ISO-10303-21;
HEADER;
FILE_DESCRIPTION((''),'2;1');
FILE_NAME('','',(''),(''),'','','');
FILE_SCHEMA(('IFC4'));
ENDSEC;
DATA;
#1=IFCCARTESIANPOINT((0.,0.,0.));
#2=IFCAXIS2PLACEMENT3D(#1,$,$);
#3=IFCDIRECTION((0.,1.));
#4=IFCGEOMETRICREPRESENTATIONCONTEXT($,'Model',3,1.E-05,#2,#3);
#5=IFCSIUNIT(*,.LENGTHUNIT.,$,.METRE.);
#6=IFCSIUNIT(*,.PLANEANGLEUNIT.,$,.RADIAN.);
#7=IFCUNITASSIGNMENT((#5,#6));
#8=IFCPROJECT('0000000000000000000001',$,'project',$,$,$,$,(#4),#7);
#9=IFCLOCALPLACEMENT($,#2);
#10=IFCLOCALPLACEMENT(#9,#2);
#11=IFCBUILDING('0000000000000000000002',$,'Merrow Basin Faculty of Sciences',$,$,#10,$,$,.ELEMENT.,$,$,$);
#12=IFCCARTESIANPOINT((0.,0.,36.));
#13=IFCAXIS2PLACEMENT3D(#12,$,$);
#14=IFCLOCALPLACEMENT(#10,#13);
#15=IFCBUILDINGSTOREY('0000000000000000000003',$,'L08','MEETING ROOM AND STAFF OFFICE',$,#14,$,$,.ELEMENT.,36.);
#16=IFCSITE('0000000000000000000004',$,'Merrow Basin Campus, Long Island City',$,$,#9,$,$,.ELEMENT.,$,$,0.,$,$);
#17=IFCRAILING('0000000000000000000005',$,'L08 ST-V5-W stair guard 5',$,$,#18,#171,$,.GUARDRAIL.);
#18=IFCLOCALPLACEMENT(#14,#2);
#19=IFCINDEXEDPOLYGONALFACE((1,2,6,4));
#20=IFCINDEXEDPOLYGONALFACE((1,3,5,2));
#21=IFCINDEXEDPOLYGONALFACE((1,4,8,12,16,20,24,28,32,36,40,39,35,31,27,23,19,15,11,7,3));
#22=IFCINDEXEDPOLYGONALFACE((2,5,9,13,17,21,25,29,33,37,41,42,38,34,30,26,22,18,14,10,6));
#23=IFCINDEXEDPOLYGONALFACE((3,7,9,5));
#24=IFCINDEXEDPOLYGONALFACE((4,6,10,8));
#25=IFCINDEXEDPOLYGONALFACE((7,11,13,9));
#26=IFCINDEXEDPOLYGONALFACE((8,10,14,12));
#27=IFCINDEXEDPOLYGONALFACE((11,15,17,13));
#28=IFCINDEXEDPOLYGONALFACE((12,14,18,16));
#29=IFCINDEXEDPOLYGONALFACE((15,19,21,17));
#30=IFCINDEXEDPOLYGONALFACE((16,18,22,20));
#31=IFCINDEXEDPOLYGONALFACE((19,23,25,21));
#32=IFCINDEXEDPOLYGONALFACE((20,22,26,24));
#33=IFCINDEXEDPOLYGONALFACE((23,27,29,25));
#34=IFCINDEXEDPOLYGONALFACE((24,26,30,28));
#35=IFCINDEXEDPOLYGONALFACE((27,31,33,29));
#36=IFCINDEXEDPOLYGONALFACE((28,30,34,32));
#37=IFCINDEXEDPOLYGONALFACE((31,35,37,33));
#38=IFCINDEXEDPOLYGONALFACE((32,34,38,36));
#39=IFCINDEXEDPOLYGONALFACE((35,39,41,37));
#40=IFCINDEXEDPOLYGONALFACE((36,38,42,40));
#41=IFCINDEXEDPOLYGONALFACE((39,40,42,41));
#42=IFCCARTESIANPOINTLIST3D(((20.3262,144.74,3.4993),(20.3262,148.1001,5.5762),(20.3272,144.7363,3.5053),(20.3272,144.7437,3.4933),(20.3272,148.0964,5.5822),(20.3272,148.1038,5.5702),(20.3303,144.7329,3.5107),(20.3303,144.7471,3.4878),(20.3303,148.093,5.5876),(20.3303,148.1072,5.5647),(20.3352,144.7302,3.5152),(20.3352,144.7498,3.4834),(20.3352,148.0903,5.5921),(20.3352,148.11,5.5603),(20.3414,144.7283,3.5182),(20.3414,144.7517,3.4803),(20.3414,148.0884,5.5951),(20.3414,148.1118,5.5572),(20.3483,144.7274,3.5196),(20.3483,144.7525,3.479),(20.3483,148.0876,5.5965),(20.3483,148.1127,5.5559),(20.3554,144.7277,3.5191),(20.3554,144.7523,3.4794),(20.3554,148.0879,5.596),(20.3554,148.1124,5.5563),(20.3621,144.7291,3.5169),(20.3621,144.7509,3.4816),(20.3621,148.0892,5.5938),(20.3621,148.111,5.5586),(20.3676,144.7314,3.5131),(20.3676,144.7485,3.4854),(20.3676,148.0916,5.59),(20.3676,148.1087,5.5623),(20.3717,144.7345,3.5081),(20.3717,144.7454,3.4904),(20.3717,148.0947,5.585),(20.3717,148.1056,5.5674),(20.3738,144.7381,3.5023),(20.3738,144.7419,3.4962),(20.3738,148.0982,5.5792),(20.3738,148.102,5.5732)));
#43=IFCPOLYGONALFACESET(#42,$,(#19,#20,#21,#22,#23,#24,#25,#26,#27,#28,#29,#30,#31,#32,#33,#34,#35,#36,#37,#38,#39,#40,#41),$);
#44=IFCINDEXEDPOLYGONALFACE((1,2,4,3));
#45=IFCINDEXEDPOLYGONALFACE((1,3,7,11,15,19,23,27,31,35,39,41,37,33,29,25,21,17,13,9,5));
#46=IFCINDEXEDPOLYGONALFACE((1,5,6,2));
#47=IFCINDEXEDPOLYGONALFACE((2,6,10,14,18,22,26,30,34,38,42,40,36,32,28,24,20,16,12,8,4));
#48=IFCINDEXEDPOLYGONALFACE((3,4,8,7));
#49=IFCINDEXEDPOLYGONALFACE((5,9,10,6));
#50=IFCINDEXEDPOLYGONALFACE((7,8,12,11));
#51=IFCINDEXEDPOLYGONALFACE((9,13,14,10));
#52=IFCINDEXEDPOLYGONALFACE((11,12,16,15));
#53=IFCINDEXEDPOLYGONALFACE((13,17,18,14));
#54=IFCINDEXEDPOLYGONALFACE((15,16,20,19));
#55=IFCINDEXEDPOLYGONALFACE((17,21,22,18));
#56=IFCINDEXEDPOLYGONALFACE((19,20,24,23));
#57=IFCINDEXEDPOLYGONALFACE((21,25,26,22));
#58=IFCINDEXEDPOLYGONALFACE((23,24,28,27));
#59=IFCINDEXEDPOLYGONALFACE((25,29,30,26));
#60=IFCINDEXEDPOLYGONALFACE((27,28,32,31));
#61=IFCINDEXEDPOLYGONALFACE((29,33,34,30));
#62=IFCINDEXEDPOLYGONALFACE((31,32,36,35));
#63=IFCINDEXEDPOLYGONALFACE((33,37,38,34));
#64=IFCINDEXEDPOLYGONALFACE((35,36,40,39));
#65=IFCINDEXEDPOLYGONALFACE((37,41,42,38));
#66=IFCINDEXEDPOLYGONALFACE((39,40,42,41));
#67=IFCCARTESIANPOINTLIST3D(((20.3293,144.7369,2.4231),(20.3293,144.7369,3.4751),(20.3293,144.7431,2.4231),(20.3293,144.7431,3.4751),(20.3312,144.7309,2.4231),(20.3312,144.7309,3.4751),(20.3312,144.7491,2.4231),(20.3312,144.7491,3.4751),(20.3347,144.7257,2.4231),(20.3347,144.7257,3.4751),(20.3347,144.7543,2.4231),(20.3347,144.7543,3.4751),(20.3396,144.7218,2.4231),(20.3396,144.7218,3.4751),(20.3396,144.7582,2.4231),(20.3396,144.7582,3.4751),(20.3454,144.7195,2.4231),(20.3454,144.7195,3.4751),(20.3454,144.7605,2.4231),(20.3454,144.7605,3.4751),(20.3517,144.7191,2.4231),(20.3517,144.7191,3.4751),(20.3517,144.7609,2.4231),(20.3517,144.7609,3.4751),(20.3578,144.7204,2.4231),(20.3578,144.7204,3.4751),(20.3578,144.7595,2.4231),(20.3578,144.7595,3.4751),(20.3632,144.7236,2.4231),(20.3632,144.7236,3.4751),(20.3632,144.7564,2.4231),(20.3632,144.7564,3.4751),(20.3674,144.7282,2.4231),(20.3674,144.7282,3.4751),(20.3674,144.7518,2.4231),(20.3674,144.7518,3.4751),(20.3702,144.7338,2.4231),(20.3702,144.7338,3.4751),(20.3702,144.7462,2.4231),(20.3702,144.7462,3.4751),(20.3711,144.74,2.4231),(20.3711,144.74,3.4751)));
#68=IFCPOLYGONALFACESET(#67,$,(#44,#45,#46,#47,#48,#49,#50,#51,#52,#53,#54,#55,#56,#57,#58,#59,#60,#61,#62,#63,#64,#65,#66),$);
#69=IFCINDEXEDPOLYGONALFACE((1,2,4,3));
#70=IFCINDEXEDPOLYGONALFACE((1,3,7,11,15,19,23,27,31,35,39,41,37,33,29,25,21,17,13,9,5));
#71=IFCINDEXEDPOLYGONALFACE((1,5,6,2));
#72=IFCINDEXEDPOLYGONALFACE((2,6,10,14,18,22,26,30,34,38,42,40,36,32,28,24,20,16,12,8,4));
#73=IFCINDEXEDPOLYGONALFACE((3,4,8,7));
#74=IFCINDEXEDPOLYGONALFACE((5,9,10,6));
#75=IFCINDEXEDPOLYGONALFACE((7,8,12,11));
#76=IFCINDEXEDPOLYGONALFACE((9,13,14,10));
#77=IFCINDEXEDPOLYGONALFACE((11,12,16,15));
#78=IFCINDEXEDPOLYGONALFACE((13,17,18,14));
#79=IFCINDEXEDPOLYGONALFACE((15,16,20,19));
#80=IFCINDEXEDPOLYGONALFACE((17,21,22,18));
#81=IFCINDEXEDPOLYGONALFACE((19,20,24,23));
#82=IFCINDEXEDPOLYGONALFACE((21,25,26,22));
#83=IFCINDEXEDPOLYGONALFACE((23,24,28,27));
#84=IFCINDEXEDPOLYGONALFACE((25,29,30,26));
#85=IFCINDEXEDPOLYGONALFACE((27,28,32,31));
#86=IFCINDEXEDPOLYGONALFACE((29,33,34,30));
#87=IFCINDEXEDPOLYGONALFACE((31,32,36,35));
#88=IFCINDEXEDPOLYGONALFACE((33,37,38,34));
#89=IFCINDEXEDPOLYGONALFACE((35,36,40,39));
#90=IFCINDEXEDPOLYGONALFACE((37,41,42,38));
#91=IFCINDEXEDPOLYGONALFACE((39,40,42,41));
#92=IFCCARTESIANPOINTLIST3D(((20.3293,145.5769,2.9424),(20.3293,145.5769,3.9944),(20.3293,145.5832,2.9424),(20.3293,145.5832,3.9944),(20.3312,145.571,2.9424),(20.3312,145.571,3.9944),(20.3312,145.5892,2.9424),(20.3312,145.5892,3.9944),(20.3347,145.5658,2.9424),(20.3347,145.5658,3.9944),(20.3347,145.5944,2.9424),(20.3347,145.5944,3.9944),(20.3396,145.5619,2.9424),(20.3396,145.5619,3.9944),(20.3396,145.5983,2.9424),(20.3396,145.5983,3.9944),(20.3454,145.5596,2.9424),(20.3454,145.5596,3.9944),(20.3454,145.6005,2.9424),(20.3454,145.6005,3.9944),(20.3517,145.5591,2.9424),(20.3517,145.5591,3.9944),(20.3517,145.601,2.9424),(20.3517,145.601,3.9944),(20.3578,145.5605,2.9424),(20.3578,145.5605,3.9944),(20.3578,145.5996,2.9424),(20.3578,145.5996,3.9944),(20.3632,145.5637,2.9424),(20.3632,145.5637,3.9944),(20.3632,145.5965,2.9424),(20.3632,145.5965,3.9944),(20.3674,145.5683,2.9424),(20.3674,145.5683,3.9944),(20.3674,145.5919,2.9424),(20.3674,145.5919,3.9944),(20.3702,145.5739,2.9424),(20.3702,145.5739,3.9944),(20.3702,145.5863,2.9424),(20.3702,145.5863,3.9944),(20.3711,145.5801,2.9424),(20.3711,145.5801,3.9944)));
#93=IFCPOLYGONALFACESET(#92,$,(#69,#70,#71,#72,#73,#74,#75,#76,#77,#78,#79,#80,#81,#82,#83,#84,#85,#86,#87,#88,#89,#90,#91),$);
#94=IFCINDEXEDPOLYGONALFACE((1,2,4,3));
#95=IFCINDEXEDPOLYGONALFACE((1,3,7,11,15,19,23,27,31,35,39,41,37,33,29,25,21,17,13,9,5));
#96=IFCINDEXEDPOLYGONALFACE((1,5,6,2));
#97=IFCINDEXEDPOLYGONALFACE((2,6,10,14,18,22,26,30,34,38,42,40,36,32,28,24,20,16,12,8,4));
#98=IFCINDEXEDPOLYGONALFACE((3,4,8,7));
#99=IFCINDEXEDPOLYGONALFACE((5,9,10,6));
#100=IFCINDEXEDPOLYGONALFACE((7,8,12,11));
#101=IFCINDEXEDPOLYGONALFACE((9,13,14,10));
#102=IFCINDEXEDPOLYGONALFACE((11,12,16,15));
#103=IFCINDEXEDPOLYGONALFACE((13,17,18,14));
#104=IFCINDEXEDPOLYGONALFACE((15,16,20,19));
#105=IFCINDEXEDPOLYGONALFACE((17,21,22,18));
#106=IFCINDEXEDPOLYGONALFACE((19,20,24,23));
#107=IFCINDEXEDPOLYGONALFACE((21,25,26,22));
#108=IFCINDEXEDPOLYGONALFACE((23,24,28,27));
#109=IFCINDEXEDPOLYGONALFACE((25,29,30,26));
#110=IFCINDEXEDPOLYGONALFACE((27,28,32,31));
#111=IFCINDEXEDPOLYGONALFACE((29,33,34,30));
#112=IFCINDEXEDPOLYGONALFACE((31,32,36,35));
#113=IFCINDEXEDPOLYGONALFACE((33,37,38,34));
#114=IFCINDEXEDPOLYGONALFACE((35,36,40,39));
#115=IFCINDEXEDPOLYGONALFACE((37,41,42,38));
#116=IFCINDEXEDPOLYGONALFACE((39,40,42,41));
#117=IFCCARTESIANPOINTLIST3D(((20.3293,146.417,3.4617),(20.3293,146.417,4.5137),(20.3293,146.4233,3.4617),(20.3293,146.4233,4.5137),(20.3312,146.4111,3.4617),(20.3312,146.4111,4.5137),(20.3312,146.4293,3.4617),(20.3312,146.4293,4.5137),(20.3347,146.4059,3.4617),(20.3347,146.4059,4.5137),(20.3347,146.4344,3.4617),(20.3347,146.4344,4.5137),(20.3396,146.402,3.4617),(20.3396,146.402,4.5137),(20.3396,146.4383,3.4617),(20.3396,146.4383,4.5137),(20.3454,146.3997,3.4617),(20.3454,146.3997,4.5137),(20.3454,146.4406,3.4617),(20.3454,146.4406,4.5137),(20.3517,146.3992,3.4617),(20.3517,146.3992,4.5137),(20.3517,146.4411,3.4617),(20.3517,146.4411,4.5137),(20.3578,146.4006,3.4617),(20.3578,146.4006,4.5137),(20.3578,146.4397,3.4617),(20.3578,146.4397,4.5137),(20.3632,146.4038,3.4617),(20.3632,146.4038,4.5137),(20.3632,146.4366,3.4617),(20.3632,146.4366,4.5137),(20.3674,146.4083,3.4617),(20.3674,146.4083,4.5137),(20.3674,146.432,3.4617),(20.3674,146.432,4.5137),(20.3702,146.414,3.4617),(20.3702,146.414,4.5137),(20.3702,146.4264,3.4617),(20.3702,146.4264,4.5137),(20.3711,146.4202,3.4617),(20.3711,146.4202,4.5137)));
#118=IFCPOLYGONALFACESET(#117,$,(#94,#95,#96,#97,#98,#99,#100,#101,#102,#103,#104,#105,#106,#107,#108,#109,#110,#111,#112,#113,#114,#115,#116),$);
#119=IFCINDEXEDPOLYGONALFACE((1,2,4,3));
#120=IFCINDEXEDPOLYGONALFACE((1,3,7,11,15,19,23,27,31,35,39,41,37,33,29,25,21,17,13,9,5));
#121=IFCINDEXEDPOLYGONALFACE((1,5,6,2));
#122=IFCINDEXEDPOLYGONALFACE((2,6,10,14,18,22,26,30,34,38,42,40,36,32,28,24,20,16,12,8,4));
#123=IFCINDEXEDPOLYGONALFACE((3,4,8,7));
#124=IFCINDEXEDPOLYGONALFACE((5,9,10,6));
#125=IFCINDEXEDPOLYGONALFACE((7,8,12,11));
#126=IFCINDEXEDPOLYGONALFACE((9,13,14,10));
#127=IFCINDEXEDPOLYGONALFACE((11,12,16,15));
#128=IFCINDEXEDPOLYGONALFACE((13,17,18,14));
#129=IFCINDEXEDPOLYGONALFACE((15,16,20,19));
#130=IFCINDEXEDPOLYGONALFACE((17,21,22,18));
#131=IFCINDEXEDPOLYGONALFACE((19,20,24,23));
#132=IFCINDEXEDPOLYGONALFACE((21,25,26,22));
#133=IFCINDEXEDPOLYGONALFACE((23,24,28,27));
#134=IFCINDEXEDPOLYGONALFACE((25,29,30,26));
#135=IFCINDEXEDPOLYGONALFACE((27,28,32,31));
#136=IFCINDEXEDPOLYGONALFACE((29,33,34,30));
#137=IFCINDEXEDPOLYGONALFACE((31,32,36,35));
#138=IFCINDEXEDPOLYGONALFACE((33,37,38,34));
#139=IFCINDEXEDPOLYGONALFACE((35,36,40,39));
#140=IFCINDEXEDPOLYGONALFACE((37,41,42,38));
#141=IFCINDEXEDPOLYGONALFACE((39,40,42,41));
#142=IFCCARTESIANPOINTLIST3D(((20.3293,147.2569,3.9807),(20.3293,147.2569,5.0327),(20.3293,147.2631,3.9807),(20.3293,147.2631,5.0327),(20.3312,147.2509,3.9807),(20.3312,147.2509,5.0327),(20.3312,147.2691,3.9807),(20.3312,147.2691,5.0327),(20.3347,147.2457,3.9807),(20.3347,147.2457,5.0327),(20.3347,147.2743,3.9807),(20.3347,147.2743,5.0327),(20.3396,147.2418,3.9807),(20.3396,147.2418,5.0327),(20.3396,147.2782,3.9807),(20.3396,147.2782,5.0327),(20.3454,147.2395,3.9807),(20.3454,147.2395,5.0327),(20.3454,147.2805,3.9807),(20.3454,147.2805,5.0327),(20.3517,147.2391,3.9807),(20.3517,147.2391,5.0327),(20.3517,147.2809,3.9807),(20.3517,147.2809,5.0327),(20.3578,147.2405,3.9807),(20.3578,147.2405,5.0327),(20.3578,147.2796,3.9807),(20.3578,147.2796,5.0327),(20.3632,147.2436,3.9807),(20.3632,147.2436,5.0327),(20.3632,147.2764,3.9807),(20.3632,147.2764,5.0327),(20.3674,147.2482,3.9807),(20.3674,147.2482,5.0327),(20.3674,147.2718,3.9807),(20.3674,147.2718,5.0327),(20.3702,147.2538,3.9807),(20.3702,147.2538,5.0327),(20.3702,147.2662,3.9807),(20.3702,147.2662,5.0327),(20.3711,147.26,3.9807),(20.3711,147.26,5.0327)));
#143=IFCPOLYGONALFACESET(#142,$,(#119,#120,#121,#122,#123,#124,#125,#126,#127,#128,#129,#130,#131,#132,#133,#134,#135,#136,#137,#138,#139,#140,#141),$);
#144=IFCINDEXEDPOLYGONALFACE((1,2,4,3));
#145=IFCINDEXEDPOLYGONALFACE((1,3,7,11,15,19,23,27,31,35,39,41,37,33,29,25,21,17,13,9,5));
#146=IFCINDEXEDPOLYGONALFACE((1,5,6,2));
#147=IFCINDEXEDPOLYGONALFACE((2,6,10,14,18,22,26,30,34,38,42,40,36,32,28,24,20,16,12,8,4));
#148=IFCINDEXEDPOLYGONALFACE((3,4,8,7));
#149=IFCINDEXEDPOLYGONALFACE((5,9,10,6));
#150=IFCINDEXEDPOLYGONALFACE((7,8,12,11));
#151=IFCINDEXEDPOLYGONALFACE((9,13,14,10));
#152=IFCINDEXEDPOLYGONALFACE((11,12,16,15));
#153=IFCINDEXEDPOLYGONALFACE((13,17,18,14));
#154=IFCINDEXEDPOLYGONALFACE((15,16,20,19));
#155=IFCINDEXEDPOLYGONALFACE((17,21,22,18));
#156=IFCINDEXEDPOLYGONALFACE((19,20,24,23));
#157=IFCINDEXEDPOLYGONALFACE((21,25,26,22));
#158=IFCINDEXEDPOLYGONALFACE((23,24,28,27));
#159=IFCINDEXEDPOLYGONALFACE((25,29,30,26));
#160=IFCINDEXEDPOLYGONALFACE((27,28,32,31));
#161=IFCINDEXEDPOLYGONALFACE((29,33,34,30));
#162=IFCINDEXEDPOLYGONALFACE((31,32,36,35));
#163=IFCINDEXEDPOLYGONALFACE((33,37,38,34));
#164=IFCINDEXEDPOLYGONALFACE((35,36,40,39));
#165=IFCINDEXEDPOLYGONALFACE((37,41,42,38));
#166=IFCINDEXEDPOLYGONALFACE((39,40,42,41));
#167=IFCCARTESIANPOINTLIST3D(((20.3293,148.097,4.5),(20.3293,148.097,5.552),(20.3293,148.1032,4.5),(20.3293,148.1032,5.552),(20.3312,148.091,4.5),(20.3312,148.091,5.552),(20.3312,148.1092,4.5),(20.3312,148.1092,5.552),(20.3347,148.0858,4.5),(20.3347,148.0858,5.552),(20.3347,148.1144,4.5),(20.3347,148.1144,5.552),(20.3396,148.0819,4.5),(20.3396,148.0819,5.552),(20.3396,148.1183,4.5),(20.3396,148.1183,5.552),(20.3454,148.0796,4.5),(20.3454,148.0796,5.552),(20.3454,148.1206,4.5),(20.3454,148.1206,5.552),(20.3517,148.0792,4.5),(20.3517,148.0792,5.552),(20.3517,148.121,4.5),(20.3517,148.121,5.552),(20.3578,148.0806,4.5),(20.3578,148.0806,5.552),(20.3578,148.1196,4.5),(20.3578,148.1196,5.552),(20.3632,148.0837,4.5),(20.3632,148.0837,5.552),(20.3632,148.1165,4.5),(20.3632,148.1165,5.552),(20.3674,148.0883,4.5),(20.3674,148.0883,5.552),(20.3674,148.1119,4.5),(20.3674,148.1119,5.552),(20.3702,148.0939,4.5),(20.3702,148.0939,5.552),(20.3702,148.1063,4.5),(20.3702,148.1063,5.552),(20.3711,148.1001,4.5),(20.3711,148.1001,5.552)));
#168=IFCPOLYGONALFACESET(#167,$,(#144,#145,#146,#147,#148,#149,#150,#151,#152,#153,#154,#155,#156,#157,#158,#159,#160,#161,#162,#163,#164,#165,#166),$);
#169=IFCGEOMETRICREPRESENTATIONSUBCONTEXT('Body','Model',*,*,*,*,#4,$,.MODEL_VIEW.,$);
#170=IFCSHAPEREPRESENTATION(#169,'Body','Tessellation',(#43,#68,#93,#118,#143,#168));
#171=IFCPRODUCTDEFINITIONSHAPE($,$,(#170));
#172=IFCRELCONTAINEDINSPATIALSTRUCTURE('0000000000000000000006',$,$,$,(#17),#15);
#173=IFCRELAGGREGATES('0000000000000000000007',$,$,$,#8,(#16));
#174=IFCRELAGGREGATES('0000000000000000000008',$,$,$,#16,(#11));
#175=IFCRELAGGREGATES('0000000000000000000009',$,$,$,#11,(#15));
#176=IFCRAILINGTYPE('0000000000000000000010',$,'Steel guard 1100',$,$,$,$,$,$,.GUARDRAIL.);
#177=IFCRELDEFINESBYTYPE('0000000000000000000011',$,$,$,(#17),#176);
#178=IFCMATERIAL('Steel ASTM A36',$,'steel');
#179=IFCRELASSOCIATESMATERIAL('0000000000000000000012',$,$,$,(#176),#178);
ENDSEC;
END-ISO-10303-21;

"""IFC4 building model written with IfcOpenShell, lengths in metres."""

from ifc_helpers import new_model, si_unit, direction, frame, origin, origin_2d, place, context, subcontext, project, spatial, circle, extrude, material, type_object, element, save


model = new_model("IFC4")

# Units and contexts
model_context = context("Model", 3, precision=1e-05, world=origin(), true_north=direction((0.0, 1.0)))
body_context = subcontext(model_context, "Body", "Model", "MODEL_VIEW")
ifc_project = project(units=[si_unit("LENGTHUNIT", "METRE"), si_unit("PLANEANGLEUNIT", "RADIAN")], contexts=[model_context])

# Site, building, storey
site_placement = place(None, origin())
site = spatial("IfcSite", under=ifc_project, at=site_placement, Name="Merrow Basin Campus, Long Island City", CompositionType="ELEMENT", RefElevation=0.0)
building_placement = place(site_placement, origin())
building = spatial("IfcBuilding", under=site, at=building_placement, Name="Merrow Basin Faculty of Sciences", CompositionType="ELEMENT")
storey_placement = place(building_placement, frame((0.0, 0.0, 36.0)))
storey = spatial("IfcBuildingStorey", under=building, at=storey_placement, Name="L08", Description="MEETING ROOM AND STAFF OFFICE", CompositionType="ELEMENT", Elevation=36.0)

# Railing
ifc_material_1 = material(Name="Steel ASTM A36", Category="steel")
railing_type_1 = type_object("IfcRailingType", Name="Steel guard 1100", PredefinedType="GUARDRAIL", material=ifc_material_1)
railing_1_placement = place(storey_placement, frame((20.3501, 144.74, 2.4231)))
element("IfcRailing", 1, at=railing_1_placement, inside=storey, type_object=railing_type_1, Name="L08 ST-V5-W stair guard 5", PredefinedType="GUARDRAIL", context=body_context, shape_type="SweptSolid", body=[
    extrude(circle(Radius=0.0239, at=origin_2d()), frame((0.0, 0.0, 1.0762), z_axis=(0.0, 0.850623, 0.525776), x_axis=(-1.0, 0.0, 0.0)), (0.0, 0.0, 1.0), 3.9502),
    extrude(circle(Radius=0.021, at=origin_2d()), origin(), (0.0, 0.0, 1.0), 1.052),
    extrude(circle(Radius=0.021, at=origin_2d()), frame((0.0, 0.8401, 0.5193)), (0.0, 0.0, 1.0), 1.052),
    extrude(circle(Radius=0.021, at=origin_2d()), frame((0.0, 1.6802, 1.0386)), (0.0, 0.0, 1.0), 1.052),
    extrude(circle(Radius=0.021, at=origin_2d()), frame((0.0, 2.52, 1.5576)), (0.0, 0.0, 1.0), 1.052),
    extrude(circle(Radius=0.021, at=origin_2d()), frame((0.0, 3.3601, 2.0769)), (0.0, 0.0, 1.0), 1.052),
])

save(model, "model.ifc")
